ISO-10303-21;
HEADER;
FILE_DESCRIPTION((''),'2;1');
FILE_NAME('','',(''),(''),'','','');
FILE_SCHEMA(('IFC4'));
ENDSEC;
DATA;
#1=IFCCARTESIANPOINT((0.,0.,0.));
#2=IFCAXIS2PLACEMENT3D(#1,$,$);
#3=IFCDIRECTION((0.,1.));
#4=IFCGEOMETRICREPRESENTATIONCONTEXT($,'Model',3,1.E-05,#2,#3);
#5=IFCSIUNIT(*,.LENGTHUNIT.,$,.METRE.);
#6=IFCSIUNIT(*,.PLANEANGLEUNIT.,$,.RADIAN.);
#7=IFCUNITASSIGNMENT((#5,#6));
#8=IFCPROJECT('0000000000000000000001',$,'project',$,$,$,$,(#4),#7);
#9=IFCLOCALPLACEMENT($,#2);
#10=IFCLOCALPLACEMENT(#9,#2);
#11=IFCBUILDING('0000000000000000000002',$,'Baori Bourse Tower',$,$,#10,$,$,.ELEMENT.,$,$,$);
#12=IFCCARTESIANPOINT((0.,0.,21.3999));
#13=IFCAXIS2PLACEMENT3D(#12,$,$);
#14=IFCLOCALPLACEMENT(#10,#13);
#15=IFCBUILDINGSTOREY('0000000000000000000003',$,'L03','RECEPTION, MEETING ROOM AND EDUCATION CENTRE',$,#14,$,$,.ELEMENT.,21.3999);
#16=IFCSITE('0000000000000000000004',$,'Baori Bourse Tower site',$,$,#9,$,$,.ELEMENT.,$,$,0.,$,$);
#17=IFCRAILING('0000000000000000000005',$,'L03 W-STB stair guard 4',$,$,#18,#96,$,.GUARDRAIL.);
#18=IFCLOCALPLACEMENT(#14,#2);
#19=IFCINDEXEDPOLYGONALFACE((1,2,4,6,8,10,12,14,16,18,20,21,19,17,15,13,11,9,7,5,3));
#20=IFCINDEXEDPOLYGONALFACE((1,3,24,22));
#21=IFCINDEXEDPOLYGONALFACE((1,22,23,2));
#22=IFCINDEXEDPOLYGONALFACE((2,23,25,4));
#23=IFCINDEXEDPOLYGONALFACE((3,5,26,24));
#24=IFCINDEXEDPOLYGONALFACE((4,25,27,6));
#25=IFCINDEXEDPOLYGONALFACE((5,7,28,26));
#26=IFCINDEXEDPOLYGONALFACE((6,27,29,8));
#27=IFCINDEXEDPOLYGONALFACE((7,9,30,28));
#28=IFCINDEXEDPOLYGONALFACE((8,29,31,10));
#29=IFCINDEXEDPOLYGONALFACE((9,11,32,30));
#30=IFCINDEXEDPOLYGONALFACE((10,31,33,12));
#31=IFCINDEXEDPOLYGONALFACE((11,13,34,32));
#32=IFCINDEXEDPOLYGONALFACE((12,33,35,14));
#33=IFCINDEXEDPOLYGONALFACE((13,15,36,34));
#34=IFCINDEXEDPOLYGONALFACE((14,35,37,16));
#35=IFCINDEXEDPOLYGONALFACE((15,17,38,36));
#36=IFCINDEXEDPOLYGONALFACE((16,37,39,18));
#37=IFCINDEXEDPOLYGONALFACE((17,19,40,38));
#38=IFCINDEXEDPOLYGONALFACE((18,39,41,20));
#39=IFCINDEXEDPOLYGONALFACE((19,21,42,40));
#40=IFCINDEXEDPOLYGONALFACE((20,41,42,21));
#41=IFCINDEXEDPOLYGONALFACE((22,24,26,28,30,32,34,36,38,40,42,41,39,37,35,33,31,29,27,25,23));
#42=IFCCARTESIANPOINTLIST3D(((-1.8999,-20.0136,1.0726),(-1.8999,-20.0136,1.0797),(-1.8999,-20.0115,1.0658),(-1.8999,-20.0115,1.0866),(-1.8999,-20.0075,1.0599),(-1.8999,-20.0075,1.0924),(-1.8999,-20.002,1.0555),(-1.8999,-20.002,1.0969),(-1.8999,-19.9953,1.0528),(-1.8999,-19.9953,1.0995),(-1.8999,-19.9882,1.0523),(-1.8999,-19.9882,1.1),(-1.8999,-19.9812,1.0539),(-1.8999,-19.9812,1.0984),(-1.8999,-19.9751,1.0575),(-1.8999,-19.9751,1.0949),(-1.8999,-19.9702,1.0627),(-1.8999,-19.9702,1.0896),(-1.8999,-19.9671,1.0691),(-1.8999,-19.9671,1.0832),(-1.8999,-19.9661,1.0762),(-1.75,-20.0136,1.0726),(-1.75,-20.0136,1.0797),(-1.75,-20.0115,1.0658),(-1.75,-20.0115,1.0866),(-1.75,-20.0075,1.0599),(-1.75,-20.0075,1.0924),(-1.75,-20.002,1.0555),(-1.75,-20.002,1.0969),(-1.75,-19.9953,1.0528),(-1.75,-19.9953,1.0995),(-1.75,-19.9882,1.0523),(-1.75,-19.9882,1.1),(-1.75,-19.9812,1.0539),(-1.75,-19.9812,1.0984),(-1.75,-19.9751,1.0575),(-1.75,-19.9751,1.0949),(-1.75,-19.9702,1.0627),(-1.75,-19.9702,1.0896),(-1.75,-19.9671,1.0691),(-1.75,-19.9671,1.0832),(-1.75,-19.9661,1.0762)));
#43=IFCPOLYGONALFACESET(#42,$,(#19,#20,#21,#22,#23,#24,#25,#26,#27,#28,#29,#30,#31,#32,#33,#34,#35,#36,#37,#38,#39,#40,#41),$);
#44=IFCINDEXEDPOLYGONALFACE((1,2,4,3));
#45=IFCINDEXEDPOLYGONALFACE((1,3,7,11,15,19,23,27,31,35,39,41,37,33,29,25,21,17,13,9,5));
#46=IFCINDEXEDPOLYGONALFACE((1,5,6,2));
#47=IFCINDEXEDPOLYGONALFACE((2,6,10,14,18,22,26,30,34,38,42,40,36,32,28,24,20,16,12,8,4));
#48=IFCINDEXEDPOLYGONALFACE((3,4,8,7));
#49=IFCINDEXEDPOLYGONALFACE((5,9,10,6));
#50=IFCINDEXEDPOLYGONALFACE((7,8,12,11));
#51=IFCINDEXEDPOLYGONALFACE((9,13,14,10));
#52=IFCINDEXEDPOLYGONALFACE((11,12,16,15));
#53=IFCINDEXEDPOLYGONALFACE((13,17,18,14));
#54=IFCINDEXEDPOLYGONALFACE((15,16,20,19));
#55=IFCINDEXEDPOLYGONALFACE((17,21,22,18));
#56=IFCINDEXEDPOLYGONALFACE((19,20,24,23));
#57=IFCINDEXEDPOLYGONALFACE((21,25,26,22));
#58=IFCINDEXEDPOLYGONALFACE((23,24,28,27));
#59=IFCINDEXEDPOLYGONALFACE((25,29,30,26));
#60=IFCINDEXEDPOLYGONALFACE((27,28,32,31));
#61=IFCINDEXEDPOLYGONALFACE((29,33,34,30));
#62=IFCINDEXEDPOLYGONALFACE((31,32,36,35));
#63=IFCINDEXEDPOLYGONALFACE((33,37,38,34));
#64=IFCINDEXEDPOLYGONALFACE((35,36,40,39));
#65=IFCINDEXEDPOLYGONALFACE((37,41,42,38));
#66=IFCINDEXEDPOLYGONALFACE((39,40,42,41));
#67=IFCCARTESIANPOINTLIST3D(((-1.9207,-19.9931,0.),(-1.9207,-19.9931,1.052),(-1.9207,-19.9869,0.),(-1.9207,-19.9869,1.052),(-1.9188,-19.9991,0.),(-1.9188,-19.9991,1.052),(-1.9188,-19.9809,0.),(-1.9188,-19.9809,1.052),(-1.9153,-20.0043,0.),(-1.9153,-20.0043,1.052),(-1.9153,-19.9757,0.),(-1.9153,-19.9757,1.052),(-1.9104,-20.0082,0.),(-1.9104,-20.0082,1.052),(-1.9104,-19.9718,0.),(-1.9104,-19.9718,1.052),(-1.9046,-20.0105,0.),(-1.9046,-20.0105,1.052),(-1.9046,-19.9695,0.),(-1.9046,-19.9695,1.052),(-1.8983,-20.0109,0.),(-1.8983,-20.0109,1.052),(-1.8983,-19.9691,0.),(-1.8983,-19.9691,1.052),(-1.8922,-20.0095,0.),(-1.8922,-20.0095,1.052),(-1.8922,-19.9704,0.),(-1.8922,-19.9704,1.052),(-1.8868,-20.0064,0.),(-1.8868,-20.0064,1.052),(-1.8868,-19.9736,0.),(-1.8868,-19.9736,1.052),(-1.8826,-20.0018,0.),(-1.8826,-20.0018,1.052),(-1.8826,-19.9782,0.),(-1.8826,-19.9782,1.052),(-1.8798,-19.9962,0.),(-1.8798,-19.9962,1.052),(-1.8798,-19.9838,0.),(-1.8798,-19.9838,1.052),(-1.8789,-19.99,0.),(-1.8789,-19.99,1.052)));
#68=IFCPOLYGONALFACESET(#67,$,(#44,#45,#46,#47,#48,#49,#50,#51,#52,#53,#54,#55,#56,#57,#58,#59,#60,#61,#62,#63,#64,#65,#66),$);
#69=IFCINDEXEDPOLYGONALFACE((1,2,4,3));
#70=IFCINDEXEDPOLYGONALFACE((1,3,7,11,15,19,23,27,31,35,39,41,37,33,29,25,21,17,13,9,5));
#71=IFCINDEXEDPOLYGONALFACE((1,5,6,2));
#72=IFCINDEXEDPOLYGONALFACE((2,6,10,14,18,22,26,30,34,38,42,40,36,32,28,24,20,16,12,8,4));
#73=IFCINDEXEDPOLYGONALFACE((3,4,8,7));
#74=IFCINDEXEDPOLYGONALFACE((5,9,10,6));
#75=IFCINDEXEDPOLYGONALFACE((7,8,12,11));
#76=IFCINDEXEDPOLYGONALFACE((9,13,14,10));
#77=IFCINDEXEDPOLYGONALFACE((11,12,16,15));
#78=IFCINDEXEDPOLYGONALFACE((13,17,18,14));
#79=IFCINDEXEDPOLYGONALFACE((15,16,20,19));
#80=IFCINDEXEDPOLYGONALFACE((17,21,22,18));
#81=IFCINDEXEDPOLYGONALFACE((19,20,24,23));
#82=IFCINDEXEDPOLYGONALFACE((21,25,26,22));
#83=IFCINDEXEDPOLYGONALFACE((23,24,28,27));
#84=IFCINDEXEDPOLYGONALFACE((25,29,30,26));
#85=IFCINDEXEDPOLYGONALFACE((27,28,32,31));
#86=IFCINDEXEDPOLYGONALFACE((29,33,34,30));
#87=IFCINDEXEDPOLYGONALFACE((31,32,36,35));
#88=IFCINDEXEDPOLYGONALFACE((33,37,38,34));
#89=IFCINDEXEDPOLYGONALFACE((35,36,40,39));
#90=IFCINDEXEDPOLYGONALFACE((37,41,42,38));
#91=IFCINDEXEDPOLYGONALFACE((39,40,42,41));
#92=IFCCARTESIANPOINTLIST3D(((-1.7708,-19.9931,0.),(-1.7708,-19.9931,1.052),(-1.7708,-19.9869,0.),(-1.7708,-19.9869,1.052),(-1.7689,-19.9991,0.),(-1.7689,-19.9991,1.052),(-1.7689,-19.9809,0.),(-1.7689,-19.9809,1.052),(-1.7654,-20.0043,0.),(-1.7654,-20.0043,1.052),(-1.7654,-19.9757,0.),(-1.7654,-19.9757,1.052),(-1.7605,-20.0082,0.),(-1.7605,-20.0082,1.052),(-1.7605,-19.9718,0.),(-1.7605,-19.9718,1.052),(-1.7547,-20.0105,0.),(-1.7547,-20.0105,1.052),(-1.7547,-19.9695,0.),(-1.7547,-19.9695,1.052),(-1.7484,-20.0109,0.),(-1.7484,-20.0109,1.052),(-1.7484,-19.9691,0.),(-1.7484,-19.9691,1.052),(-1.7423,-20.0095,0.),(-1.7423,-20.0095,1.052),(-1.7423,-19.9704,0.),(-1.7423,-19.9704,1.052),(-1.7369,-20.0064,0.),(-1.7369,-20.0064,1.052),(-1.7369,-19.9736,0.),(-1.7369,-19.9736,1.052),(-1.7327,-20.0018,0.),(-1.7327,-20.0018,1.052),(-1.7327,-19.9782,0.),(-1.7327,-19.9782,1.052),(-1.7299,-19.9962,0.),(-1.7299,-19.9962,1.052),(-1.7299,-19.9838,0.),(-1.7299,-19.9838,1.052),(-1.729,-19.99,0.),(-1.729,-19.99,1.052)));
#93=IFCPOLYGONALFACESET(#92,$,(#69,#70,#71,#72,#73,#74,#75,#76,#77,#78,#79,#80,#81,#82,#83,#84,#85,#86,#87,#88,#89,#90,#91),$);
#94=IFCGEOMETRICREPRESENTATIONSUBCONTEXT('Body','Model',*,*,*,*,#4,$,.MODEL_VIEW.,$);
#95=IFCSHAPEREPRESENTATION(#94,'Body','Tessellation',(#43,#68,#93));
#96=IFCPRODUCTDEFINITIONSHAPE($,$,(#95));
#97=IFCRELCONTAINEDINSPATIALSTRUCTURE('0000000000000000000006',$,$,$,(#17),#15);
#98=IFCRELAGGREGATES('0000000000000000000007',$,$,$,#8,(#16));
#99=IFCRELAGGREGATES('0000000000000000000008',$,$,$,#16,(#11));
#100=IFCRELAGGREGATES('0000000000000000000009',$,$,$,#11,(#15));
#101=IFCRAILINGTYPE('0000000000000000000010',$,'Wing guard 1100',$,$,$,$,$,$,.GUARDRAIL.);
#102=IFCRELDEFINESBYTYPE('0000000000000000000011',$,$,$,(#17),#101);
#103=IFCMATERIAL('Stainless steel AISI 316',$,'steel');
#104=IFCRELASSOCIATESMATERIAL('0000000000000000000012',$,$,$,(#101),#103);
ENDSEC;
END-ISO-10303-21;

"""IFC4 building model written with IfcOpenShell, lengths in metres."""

from ifc_helpers import new_model, si_unit, direction, frame, origin, origin_2d, place, context, subcontext, project, spatial, circle, extrude, material, type_object, element, save


model = new_model("IFC4")

# Units and contexts
model_context = context("Model", 3, precision=1e-05, world=origin(), true_north=direction((0.0, 1.0)))
body_context = subcontext(model_context, "Body", "Model", "MODEL_VIEW")
ifc_project = project(units=[si_unit("LENGTHUNIT", "METRE"), si_unit("PLANEANGLEUNIT", "RADIAN")], contexts=[model_context])

# Site, building, storey
site_placement = place(None, origin())
site = spatial("IfcSite", under=ifc_project, at=site_placement, Name="Baori Bourse Tower site", CompositionType="ELEMENT", RefElevation=0.0)
building_placement = place(site_placement, origin())
building = spatial("IfcBuilding", under=site, at=building_placement, Name="Baori Bourse Tower", CompositionType="ELEMENT")
storey_placement = place(building_placement, frame((0.0, 0.0, 21.3999)))
storey = spatial("IfcBuildingStorey", under=building, at=storey_placement, Name="L03", Description="RECEPTION, MEETING ROOM AND EDUCATION CENTRE", CompositionType="ELEMENT", Elevation=21.3999)

# Railing
ifc_material_1 = material(Name="Stainless steel AISI 316", Category="steel")
railing_type_1 = type_object("IfcRailingType", Name="Wing guard 1100", PredefinedType="GUARDRAIL", material=ifc_material_1)
railing_1_placement = place(storey_placement, frame((-1.8999, -19.99, 0.0)))
element("IfcRailing", 1, at=railing_1_placement, inside=storey, type_object=railing_type_1, Name="L03 W-STB stair guard 4", PredefinedType="GUARDRAIL", context=body_context, shape_type="SweptSolid", body=[
    extrude(circle(Radius=0.0239, at=origin_2d()), frame((0.0, 0.0, 1.0762), z_axis=(1.0, 0.0, 0.0), x_axis=(0.0, 1.0, 0.0)), (0.0, 0.0, 1.0), 0.1499),
    extrude(circle(Radius=0.021, at=origin_2d()), origin(), (0.0, 0.0, 1.0), 1.052),
    extrude(circle(Radius=0.021, at=origin_2d()), frame((0.1499, 0.0, 0.0)), (0.0, 0.0, 1.0), 1.052),
])

save(model, "model.ifc")
